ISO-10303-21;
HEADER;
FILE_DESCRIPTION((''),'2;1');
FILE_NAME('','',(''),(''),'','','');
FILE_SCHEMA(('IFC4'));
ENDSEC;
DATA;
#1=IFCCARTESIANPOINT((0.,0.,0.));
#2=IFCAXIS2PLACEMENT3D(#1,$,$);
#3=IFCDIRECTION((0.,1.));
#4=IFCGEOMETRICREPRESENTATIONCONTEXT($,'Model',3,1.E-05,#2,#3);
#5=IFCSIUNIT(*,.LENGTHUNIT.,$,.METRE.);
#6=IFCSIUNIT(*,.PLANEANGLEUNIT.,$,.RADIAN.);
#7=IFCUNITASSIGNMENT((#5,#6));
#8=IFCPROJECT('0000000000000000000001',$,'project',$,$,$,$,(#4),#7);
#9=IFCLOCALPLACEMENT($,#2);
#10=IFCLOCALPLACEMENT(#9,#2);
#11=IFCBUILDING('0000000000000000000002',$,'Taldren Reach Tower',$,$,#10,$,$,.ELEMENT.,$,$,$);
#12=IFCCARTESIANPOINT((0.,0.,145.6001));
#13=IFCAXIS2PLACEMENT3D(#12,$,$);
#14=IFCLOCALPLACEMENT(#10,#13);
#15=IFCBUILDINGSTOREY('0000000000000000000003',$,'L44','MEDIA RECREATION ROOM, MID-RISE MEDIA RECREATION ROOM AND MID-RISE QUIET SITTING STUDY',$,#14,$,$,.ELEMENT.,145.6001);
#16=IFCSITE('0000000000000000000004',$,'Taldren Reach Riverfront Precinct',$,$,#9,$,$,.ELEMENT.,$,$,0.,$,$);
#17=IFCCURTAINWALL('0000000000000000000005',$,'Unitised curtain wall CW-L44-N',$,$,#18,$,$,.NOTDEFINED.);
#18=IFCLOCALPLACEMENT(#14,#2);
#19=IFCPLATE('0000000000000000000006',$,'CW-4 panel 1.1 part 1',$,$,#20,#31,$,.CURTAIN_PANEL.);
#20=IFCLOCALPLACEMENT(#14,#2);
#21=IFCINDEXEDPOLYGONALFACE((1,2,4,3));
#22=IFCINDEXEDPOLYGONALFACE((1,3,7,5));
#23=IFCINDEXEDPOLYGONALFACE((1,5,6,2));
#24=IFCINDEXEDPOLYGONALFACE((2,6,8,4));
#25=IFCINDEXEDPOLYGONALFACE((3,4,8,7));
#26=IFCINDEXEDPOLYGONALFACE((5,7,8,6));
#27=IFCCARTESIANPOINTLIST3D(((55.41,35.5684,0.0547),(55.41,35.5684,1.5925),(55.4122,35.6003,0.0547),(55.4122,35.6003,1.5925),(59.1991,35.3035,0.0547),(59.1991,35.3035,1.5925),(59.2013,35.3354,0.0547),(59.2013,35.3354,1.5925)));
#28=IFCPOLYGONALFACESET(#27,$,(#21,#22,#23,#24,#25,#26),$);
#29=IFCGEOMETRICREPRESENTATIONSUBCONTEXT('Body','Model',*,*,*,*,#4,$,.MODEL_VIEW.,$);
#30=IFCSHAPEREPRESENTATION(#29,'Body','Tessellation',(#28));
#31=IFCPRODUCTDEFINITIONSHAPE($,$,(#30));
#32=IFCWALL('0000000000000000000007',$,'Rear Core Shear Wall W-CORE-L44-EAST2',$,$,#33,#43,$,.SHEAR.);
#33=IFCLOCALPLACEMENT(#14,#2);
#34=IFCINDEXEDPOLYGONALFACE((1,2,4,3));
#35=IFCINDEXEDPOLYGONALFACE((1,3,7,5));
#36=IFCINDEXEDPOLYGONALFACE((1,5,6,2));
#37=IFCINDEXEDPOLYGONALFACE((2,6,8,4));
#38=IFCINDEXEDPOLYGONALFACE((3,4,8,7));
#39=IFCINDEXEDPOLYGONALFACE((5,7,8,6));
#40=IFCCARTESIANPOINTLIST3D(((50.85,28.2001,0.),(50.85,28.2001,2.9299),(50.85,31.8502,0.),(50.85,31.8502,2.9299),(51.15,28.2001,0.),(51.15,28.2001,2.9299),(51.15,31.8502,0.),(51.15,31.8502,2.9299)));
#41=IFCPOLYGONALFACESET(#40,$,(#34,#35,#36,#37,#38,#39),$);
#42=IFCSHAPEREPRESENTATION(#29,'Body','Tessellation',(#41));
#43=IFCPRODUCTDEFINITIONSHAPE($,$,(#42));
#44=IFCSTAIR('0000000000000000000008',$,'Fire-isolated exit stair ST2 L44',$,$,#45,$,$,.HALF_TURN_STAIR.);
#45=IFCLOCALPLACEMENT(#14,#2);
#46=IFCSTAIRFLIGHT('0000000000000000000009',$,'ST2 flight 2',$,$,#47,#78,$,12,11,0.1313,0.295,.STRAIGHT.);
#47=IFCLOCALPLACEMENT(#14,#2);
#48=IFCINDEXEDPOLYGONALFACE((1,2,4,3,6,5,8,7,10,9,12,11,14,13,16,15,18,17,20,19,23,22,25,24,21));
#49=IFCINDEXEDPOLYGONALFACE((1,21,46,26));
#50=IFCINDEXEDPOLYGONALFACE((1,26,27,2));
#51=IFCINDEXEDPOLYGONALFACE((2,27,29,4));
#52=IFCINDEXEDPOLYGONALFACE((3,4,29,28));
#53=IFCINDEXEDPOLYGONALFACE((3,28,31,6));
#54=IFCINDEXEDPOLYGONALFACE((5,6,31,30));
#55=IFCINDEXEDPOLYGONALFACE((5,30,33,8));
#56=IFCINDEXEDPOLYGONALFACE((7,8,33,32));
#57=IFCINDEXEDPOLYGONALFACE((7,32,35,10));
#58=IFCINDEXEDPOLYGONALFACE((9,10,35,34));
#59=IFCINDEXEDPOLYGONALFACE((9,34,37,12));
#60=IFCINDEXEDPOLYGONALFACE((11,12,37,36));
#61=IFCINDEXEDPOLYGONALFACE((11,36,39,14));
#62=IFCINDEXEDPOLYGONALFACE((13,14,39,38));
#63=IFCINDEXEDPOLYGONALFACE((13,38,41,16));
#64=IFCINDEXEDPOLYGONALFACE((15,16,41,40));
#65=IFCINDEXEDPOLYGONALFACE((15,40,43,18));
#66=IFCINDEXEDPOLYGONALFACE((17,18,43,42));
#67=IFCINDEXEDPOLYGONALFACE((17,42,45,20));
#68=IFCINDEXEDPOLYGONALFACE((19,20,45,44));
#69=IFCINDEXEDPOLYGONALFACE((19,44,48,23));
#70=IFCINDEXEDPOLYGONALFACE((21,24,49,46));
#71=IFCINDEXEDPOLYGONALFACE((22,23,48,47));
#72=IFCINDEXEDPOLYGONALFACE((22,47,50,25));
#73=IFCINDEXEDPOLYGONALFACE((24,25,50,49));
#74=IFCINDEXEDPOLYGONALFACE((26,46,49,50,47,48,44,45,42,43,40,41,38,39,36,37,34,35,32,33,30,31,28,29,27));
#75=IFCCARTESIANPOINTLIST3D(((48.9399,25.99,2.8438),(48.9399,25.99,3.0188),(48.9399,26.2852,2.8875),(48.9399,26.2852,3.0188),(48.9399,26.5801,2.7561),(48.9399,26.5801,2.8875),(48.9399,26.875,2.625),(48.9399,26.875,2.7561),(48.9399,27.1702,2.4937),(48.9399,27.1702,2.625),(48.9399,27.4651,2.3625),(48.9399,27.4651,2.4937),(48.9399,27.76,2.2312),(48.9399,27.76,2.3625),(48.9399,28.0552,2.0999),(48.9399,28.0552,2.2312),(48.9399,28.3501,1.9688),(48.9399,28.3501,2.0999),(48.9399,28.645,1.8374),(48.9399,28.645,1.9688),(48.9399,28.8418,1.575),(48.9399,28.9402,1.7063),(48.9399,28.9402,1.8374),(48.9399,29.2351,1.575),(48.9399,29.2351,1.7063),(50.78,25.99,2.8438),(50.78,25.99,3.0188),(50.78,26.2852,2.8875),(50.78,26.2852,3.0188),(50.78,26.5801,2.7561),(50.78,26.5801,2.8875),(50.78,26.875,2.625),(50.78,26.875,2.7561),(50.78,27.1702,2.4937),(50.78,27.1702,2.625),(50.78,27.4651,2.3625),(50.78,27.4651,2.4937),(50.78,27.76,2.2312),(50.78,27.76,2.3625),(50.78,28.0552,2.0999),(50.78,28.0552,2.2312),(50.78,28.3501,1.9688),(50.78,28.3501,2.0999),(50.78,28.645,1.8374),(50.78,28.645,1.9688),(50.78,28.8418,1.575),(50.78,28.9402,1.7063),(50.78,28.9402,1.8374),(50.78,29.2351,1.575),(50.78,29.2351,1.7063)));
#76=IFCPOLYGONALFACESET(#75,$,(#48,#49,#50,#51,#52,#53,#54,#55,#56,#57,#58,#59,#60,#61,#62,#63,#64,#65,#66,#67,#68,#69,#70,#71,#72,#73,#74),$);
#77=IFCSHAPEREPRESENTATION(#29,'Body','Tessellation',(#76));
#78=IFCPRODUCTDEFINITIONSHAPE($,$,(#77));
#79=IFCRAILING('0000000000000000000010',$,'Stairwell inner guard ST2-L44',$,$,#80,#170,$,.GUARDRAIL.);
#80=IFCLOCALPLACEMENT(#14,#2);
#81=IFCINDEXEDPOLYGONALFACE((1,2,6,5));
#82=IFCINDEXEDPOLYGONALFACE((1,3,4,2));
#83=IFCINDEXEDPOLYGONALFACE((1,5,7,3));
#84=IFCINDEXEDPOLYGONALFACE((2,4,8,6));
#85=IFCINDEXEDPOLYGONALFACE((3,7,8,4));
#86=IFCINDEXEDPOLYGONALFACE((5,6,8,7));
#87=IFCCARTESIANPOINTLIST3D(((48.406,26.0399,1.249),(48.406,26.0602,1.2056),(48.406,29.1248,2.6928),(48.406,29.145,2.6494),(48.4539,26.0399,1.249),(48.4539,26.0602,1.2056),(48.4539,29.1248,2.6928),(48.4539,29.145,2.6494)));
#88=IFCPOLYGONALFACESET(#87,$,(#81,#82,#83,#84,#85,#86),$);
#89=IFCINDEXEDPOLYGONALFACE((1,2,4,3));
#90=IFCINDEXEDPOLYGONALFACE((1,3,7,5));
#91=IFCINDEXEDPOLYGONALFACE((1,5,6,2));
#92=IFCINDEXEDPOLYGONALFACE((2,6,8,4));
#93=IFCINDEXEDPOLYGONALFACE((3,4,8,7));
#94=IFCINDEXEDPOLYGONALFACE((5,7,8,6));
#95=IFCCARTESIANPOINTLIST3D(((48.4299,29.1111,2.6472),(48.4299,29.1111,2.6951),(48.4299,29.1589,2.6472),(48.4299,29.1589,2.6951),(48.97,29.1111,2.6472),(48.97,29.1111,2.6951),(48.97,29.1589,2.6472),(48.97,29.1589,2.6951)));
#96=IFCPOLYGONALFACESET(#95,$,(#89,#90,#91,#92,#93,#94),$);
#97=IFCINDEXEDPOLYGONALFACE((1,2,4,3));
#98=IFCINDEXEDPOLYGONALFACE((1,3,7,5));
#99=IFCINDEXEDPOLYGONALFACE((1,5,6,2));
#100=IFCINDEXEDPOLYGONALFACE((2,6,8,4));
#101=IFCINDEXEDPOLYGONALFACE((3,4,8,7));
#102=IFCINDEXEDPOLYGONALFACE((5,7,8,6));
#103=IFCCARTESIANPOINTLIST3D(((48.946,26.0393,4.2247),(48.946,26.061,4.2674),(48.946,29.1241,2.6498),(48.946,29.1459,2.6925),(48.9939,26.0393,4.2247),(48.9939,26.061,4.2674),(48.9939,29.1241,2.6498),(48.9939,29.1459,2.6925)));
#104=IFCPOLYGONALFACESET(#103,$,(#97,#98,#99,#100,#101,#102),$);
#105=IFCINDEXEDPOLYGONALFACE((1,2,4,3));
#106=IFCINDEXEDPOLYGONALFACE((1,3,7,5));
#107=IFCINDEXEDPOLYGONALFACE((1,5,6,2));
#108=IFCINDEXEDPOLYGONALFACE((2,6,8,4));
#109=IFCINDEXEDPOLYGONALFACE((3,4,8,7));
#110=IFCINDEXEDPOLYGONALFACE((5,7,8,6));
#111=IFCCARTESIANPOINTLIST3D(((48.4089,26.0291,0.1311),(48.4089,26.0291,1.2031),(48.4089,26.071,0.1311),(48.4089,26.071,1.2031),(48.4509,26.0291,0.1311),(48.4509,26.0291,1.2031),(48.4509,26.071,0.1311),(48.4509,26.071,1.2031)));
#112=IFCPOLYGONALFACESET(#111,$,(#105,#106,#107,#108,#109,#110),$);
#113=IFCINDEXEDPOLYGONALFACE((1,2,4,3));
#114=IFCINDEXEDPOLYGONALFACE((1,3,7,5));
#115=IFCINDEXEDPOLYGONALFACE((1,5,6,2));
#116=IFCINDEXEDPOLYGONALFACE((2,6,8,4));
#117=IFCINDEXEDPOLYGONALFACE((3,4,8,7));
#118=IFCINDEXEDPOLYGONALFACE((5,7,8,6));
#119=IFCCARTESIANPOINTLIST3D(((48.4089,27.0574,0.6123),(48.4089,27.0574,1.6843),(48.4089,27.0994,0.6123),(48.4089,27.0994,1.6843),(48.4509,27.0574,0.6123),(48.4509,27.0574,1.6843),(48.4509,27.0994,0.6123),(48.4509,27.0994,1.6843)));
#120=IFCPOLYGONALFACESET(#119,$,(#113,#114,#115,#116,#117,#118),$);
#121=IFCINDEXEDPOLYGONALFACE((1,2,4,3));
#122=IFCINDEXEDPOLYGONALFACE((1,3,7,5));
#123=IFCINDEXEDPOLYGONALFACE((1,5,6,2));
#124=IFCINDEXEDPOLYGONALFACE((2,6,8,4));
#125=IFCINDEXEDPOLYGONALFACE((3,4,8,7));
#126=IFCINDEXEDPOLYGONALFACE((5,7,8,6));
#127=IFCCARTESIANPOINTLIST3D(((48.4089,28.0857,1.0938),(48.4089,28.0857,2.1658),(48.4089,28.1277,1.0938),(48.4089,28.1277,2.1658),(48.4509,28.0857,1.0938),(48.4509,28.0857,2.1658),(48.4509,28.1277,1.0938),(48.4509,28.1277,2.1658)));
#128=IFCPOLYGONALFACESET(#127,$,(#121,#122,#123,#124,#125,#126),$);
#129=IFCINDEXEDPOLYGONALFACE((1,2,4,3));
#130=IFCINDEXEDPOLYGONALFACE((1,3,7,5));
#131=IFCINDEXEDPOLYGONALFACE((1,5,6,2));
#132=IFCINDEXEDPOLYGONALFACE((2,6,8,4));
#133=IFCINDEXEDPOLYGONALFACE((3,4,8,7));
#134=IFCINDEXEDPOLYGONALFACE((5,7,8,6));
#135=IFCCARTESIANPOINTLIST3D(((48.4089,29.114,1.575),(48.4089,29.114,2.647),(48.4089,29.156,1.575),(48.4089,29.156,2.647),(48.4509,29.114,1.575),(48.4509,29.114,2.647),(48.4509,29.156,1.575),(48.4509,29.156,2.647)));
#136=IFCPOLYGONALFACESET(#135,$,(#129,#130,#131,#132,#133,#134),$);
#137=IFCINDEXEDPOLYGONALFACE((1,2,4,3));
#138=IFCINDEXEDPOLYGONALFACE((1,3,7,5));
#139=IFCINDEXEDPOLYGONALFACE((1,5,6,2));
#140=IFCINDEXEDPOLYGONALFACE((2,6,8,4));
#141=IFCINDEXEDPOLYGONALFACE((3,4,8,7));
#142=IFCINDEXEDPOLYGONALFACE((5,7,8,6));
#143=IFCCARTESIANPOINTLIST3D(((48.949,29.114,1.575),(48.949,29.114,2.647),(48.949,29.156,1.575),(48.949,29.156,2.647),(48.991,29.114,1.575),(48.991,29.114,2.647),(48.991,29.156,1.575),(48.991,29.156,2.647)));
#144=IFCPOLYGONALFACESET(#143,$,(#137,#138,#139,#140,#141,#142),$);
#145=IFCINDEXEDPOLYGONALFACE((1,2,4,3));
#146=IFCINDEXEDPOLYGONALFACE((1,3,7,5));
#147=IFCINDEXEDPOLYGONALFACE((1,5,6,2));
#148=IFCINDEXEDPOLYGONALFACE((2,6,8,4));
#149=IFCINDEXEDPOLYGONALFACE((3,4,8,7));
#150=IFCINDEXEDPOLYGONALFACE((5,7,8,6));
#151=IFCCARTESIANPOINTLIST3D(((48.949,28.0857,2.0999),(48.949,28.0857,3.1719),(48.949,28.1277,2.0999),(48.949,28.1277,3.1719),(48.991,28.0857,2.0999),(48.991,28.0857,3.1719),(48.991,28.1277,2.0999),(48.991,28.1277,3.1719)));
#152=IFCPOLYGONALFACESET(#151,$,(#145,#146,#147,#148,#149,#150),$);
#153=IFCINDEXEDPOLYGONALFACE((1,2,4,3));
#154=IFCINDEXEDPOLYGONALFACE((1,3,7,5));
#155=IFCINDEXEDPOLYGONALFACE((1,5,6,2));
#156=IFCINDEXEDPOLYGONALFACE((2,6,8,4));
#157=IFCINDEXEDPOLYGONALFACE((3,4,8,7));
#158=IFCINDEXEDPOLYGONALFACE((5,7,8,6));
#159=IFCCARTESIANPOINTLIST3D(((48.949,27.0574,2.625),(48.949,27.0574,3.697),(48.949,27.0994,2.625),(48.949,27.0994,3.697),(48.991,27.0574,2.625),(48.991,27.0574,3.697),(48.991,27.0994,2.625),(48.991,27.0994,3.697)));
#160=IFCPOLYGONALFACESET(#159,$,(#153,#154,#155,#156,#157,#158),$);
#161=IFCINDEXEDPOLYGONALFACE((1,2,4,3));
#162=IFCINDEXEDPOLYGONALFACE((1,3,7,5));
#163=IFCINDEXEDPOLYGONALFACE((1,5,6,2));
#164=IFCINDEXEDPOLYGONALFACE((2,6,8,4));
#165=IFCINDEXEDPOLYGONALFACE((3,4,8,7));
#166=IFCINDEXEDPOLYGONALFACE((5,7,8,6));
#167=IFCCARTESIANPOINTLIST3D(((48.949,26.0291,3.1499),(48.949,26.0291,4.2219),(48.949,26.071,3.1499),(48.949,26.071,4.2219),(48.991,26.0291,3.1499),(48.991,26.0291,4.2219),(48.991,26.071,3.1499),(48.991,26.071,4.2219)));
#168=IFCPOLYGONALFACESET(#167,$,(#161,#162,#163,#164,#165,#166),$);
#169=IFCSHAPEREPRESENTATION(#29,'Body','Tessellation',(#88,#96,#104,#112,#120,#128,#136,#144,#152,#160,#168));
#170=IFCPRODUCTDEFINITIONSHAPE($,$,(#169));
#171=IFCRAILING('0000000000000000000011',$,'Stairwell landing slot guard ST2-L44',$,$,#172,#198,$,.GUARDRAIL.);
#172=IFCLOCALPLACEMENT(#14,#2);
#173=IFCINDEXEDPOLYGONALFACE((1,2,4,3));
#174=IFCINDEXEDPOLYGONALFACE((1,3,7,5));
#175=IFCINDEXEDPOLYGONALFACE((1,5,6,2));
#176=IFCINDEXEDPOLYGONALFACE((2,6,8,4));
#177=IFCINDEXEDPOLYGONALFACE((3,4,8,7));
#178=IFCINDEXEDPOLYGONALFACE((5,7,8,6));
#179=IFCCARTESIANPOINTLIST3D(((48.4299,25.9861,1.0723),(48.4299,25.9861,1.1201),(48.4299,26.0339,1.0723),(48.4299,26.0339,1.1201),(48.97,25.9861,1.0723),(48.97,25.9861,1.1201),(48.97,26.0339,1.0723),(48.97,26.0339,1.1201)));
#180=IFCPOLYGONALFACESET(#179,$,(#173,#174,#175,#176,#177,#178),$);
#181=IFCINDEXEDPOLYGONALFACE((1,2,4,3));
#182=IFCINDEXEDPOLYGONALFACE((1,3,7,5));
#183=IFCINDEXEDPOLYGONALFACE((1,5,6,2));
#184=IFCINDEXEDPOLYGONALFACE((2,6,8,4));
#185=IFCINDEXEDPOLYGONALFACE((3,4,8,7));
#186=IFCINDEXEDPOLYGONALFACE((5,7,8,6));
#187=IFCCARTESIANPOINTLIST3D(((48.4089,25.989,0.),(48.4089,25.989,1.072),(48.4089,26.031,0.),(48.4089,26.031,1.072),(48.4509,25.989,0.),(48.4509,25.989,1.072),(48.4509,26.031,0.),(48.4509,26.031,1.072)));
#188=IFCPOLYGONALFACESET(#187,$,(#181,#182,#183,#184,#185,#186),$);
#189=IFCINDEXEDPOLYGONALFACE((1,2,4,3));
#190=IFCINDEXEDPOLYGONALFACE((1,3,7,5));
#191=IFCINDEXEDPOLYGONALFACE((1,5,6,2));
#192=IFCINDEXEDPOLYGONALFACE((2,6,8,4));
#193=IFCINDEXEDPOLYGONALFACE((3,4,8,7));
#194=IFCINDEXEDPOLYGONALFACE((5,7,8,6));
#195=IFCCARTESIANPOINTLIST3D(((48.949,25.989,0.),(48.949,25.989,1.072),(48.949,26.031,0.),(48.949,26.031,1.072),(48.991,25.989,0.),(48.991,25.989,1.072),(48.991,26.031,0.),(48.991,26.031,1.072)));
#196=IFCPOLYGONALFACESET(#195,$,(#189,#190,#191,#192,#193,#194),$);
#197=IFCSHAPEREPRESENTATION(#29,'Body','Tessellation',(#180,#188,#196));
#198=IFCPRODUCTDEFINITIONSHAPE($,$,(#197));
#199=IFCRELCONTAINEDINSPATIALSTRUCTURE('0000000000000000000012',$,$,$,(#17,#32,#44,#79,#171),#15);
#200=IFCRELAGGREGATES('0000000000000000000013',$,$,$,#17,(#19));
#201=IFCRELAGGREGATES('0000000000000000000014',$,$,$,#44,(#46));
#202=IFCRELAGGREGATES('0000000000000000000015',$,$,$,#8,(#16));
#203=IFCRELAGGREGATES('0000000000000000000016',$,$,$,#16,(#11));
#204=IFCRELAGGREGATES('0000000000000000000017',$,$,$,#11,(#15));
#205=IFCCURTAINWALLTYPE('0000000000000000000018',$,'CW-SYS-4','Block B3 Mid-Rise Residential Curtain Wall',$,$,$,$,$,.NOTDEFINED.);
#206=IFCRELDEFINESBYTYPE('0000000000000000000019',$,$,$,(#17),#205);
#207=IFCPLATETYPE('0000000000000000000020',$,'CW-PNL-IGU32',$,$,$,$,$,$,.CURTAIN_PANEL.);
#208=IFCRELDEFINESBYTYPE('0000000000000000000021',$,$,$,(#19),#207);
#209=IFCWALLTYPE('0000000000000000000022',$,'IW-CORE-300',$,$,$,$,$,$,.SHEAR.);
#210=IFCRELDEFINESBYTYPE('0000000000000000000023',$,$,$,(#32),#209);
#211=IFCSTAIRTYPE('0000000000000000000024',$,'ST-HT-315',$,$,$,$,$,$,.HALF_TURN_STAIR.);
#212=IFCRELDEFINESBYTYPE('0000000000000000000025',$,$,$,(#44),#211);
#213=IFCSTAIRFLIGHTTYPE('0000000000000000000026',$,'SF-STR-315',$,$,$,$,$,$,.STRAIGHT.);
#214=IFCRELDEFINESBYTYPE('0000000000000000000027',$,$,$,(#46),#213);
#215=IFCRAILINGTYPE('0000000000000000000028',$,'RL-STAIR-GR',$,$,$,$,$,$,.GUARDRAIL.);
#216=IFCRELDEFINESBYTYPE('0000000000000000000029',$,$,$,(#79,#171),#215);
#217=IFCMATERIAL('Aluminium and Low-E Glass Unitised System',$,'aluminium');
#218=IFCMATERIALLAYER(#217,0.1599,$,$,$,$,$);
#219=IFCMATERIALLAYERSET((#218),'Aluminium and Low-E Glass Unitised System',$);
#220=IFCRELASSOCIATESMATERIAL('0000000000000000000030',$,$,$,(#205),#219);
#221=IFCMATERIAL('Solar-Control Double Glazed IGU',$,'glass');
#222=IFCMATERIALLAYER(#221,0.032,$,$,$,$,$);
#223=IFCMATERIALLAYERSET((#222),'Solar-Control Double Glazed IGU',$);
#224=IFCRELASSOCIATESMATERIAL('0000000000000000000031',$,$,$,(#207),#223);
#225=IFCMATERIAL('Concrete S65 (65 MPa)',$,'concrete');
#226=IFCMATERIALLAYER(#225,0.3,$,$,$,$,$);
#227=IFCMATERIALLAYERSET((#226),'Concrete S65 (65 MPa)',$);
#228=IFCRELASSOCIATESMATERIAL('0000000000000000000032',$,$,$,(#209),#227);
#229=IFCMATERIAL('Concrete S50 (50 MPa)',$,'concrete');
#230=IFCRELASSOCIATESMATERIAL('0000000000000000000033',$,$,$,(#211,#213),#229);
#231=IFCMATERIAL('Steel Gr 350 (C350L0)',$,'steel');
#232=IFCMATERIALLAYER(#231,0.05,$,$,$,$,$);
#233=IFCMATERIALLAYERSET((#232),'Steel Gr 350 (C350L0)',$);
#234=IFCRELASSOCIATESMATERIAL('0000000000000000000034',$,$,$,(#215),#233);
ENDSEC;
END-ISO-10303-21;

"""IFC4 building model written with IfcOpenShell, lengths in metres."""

from ifc_helpers import new_model, si_unit, direction, frame, frame_2d, origin, origin_2d, place, context, subcontext, project, spatial, polyline, rectangle, outline, extrude, source, transform, mapped, material, layer, layer_set, type_object, element, aggregate, save


model = new_model("IFC4")

# Units and contexts
model_context = context("Model", 3, precision=1e-05, world=origin(), true_north=direction((0.0, 1.0)))
body_context = subcontext(model_context, "Body", "Model", "MODEL_VIEW")
ifc_project = project(units=[si_unit("LENGTHUNIT", "METRE"), si_unit("PLANEANGLEUNIT", "RADIAN")], contexts=[model_context])

# Site, building, storey
site_placement = place(None, origin())
site = spatial("IfcSite", under=ifc_project, at=site_placement, Name="Taldren Reach Riverfront Precinct", CompositionType="ELEMENT", RefElevation=0.0)
building_placement = place(site_placement, origin())
building = spatial("IfcBuilding", under=site, at=building_placement, Name="Taldren Reach Tower", CompositionType="ELEMENT")
storey_placement = place(building_placement, frame((0.0, 0.0, 145.6001)))
storey = spatial("IfcBuildingStorey", under=building, at=storey_placement, Name="L44", Description="MEDIA RECREATION ROOM, MID-RISE MEDIA RECREATION ROOM AND MID-RISE QUIET SITTING STUDY", CompositionType="ELEMENT", Elevation=145.6001)

# Shared definitions
ifc_material_1 = material(Name="Steel Gr 350 (C350L0)", Category="steel")

# Curtain wall
ifc_material_2 = material(Name="Aluminium and Low-E Glass Unitised System", Category="aluminium")
ifc_layer_1 = layer(ifc_material_2, 0.1599)
ifc_layer_set_1 = layer_set([ifc_layer_1], Name="Aluminium and Low-E Glass Unitised System")
curtain_wall_type = type_object("IfcCurtainWallType", Name="CW-SYS-4", Description="Block B3 Mid-Rise Residential Curtain Wall", PredefinedType="NOTDEFINED", material=ifc_layer_set_1)
curtain_wall_placement = place(storey_placement, origin())
curtain_wall = element("IfcCurtainWall", 1, at=curtain_wall_placement, inside=storey, type_object=curtain_wall_type, Name="Unitised curtain wall CW-L44-N", PredefinedType="NOTDEFINED")

# Plate
ifc_material_3 = material(Name="Solar-Control Double Glazed IGU", Category="glass")
ifc_layer_2 = layer(ifc_material_3, 0.032)
ifc_layer_set_2 = layer_set([ifc_layer_2], Name="Solar-Control Double Glazed IGU")
plate_type_1 = type_object("IfcPlateType", Name="CW-PNL-IGU32", PredefinedType="CURTAIN_PANEL", material=ifc_layer_set_2)
shared_shape_1 = source(origin(), body_context, "Body", "SweptSolid", [
    extrude(rectangle(XDim=3.7983, YDim=0.032, at=origin_2d()), origin(), (0.0, 0.0, 1.0), 1.5378),
])
plate_1_placement = place(storey_placement, frame((57.3057, 35.4519, 0.0547), z_axis=(0.0, 0.0, 1.0), x_axis=(-0.997564, 0.069757, 0.0)))
plate_1 = element("IfcPlate", 2, at=plate_1_placement, type_object=plate_type_1, Name="CW-4 panel 1.1 part 1", PredefinedType="CURTAIN_PANEL", context=body_context, shape_type="MappedRepresentation", body=[
    mapped(shared_shape_1, transform((0.0, 0.0, 0.0), scale=1.0)),
])
aggregate(curtain_wall, [plate_1])

# Wall
ifc_material_4 = material(Name="Concrete S65 (65 MPa)", Category="concrete")
ifc_layer_3 = layer(ifc_material_4, 0.3)
ifc_layer_set_3 = layer_set([ifc_layer_3], Name="Concrete S65 (65 MPa)")
wall_type = type_object("IfcWallType", Name="IW-CORE-300", PredefinedType="SHEAR", material=ifc_layer_set_3)
shared_shape_2 = source(origin(), body_context, "Body", "SweptSolid", [
    extrude(rectangle(XDim=3.6501, YDim=0.3, at=frame_2d((1.8252, 0.0))), origin(), (0.0, 0.0, 1.0), 2.9299),
])
wall_placement = place(storey_placement, frame((51.0, 28.2, 0.0), z_axis=(0.0, 0.0, 1.0), x_axis=(0.0, 1.0, 0.0)))
element("IfcWall", 3, at=wall_placement, inside=storey, type_object=wall_type, Name="Rear Core Shear Wall W-CORE-L44-EAST2", PredefinedType="SHEAR", context=body_context, shape_type="MappedRepresentation", body=[
    mapped(shared_shape_2, transform((0.0, 0.0, 0.0), scale=1.0)),
])

# Stair, stair flight
ifc_material_5 = material(Name="Concrete S50 (50 MPa)", Category="concrete")
stair_type = type_object("IfcStairType", Name="ST-HT-315", PredefinedType="HALF_TURN_STAIR", material=ifc_material_5)
stair_placement = place(storey_placement, origin())
stair = element("IfcStair", 4, at=stair_placement, inside=storey, type_object=stair_type, Name="Fire-isolated exit stair ST2 L44", PredefinedType="HALF_TURN_STAIR")
stair_flight_type = type_object("IfcStairFlightType", Name="SF-STR-315", PredefinedType="STRAIGHT", material=ifc_material_5)
stair_flight_placement = place(storey_placement, frame((49.8601, 29.2351, 1.575), z_axis=(0.0, 0.0, 1.0), x_axis=(0.0, -1.0, 0.0)))
stair_flight = element("IfcStairFlight", 5, at=stair_flight_placement, type_object=stair_flight_type, Name="ST2 flight 2", NumberOfRisers=12, NumberOfTreads=11, PredefinedType="STRAIGHT", RiserHeight=0.1313, TreadLength=0.295, context=body_context, shape_type="SweptSolid", body=[
    extrude(outline(polyline([(0.0, 0.0), (0.0, 0.1313), (0.2949, 0.1313), (0.2949, 0.2625), (0.5901, 0.2625), (0.5901, 0.3938), (0.885, 0.3938), (0.885, 0.5249), (1.1799, 0.5249), (1.1799, 0.6562), (1.4751, 0.6562), (1.4751, 0.7876), (1.77, 0.7876), (1.77, 0.9187), (2.0649, 0.9187), (2.0649, 1.05), (2.3601, 1.05), (2.3601, 1.1812), (2.655, 1.1812), (2.655, 1.3125), (2.95, 1.3125), (2.95, 1.4438), (3.2451, 1.4438), (3.2451, 1.575), (3.2451, 1.2688), (0.3933, 0.0), (0.0, 0.0)])), frame((0.0, 0.9199, 0.0), z_axis=(0.0, -1.0, 0.0), x_axis=(1.0, 0.0, 0.0)), (0.0, 0.0, 1.0), 1.8401),
])
aggregate(stair, [stair_flight])

# Railings
ifc_layer_4 = layer(ifc_material_1, 0.05)
ifc_layer_set_4 = layer_set([ifc_layer_4], Name="Steel Gr 350 (C350L0)")
railing_type_1 = type_object("IfcRailingType", Name="RL-STAIR-GR", PredefinedType="GUARDRAIL", material=ifc_layer_set_4)
railing_1_placement = place(storey_placement, frame((48.4299, 26.05, 0.1311)))
element("IfcRailing", 6, at=railing_1_placement, inside=storey, type_object=railing_type_1, Name="Stairwell inner guard ST2-L44", PredefinedType="GUARDRAIL", context=body_context, shape_type="SweptSolid", body=[
    extrude(rectangle(XDim=0.0479, YDim=0.0479, at=origin_2d()), frame((0.0, 0.0, 1.0962), z_axis=(0.0, 0.90571, 0.423898), x_axis=(-1.0, 0.0, 0.0)), (0.0, 0.0, 1.0), 3.406),
    extrude(rectangle(XDim=0.0479, YDim=0.0479, at=origin_2d()), frame((0.0, 3.085, 2.54), z_axis=(1.0, 0.0, 0.0), x_axis=(0.0, 1.0, 0.0)), (0.0, 0.0, 1.0), 0.54),
    extrude(rectangle(XDim=0.0479, YDim=0.0479, at=origin_2d()), frame((0.54, 3.085, 2.54), z_axis=(0.0, -0.890646, 0.454697), x_axis=(1.0, 0.0, 0.0)), (0.0, 0.0, 1.0), 3.4636),
    extrude(rectangle(XDim=0.042, YDim=0.042, at=origin_2d()), origin(), (0.0, 0.0, 1.0), 1.072),
    extrude(rectangle(XDim=0.042, YDim=0.042, at=origin_2d()), frame((0.0, 1.0283, 0.4812)), (0.0, 0.0, 1.0), 1.072),
    extrude(rectangle(XDim=0.042, YDim=0.042, at=origin_2d()), frame((0.0, 2.0566, 0.9626)), (0.0, 0.0, 1.0), 1.072),
    extrude(rectangle(XDim=0.042, YDim=0.042, at=origin_2d()), frame((0.0, 3.085, 1.4438)), (0.0, 0.0, 1.0), 1.072),
    extrude(rectangle(XDim=0.042, YDim=0.042, at=origin_2d()), frame((0.54, 3.085, 1.4438)), (0.0, 0.0, 1.0), 1.072),
    extrude(rectangle(XDim=0.042, YDim=0.042, at=origin_2d()), frame((0.54, 2.0566, 1.9688)), (0.0, 0.0, 1.0), 1.072),
    extrude(rectangle(XDim=0.042, YDim=0.042, at=origin_2d()), frame((0.54, 1.0283, 2.4939)), (0.0, 0.0, 1.0), 1.072),
    extrude(rectangle(XDim=0.042, YDim=0.042, at=origin_2d()), frame((0.54, 0.0, 3.0188)), (0.0, 0.0, 1.0), 1.072),
])
railing_2_placement = place(storey_placement, frame((48.4299, 26.01, 0.0)))
element("IfcRailing", 7, at=railing_2_placement, inside=storey, type_object=railing_type_1, Name="Stairwell landing slot guard ST2-L44", PredefinedType="GUARDRAIL", context=body_context, shape_type="SweptSolid", body=[
    extrude(rectangle(XDim=0.0479, YDim=0.0479, at=origin_2d()), frame((0.0, 0.0, 1.0962), z_axis=(1.0, 0.0, 0.0), x_axis=(0.0, 1.0, 0.0)), (0.0, 0.0, 1.0), 0.54),
    extrude(rectangle(XDim=0.042, YDim=0.042, at=origin_2d()), origin(), (0.0, 0.0, 1.0), 1.072),
    extrude(rectangle(XDim=0.042, YDim=0.042, at=origin_2d()), frame((0.54, 0.0, 0.0)), (0.0, 0.0, 1.0), 1.072),
])

save(model, "model.ifc")
